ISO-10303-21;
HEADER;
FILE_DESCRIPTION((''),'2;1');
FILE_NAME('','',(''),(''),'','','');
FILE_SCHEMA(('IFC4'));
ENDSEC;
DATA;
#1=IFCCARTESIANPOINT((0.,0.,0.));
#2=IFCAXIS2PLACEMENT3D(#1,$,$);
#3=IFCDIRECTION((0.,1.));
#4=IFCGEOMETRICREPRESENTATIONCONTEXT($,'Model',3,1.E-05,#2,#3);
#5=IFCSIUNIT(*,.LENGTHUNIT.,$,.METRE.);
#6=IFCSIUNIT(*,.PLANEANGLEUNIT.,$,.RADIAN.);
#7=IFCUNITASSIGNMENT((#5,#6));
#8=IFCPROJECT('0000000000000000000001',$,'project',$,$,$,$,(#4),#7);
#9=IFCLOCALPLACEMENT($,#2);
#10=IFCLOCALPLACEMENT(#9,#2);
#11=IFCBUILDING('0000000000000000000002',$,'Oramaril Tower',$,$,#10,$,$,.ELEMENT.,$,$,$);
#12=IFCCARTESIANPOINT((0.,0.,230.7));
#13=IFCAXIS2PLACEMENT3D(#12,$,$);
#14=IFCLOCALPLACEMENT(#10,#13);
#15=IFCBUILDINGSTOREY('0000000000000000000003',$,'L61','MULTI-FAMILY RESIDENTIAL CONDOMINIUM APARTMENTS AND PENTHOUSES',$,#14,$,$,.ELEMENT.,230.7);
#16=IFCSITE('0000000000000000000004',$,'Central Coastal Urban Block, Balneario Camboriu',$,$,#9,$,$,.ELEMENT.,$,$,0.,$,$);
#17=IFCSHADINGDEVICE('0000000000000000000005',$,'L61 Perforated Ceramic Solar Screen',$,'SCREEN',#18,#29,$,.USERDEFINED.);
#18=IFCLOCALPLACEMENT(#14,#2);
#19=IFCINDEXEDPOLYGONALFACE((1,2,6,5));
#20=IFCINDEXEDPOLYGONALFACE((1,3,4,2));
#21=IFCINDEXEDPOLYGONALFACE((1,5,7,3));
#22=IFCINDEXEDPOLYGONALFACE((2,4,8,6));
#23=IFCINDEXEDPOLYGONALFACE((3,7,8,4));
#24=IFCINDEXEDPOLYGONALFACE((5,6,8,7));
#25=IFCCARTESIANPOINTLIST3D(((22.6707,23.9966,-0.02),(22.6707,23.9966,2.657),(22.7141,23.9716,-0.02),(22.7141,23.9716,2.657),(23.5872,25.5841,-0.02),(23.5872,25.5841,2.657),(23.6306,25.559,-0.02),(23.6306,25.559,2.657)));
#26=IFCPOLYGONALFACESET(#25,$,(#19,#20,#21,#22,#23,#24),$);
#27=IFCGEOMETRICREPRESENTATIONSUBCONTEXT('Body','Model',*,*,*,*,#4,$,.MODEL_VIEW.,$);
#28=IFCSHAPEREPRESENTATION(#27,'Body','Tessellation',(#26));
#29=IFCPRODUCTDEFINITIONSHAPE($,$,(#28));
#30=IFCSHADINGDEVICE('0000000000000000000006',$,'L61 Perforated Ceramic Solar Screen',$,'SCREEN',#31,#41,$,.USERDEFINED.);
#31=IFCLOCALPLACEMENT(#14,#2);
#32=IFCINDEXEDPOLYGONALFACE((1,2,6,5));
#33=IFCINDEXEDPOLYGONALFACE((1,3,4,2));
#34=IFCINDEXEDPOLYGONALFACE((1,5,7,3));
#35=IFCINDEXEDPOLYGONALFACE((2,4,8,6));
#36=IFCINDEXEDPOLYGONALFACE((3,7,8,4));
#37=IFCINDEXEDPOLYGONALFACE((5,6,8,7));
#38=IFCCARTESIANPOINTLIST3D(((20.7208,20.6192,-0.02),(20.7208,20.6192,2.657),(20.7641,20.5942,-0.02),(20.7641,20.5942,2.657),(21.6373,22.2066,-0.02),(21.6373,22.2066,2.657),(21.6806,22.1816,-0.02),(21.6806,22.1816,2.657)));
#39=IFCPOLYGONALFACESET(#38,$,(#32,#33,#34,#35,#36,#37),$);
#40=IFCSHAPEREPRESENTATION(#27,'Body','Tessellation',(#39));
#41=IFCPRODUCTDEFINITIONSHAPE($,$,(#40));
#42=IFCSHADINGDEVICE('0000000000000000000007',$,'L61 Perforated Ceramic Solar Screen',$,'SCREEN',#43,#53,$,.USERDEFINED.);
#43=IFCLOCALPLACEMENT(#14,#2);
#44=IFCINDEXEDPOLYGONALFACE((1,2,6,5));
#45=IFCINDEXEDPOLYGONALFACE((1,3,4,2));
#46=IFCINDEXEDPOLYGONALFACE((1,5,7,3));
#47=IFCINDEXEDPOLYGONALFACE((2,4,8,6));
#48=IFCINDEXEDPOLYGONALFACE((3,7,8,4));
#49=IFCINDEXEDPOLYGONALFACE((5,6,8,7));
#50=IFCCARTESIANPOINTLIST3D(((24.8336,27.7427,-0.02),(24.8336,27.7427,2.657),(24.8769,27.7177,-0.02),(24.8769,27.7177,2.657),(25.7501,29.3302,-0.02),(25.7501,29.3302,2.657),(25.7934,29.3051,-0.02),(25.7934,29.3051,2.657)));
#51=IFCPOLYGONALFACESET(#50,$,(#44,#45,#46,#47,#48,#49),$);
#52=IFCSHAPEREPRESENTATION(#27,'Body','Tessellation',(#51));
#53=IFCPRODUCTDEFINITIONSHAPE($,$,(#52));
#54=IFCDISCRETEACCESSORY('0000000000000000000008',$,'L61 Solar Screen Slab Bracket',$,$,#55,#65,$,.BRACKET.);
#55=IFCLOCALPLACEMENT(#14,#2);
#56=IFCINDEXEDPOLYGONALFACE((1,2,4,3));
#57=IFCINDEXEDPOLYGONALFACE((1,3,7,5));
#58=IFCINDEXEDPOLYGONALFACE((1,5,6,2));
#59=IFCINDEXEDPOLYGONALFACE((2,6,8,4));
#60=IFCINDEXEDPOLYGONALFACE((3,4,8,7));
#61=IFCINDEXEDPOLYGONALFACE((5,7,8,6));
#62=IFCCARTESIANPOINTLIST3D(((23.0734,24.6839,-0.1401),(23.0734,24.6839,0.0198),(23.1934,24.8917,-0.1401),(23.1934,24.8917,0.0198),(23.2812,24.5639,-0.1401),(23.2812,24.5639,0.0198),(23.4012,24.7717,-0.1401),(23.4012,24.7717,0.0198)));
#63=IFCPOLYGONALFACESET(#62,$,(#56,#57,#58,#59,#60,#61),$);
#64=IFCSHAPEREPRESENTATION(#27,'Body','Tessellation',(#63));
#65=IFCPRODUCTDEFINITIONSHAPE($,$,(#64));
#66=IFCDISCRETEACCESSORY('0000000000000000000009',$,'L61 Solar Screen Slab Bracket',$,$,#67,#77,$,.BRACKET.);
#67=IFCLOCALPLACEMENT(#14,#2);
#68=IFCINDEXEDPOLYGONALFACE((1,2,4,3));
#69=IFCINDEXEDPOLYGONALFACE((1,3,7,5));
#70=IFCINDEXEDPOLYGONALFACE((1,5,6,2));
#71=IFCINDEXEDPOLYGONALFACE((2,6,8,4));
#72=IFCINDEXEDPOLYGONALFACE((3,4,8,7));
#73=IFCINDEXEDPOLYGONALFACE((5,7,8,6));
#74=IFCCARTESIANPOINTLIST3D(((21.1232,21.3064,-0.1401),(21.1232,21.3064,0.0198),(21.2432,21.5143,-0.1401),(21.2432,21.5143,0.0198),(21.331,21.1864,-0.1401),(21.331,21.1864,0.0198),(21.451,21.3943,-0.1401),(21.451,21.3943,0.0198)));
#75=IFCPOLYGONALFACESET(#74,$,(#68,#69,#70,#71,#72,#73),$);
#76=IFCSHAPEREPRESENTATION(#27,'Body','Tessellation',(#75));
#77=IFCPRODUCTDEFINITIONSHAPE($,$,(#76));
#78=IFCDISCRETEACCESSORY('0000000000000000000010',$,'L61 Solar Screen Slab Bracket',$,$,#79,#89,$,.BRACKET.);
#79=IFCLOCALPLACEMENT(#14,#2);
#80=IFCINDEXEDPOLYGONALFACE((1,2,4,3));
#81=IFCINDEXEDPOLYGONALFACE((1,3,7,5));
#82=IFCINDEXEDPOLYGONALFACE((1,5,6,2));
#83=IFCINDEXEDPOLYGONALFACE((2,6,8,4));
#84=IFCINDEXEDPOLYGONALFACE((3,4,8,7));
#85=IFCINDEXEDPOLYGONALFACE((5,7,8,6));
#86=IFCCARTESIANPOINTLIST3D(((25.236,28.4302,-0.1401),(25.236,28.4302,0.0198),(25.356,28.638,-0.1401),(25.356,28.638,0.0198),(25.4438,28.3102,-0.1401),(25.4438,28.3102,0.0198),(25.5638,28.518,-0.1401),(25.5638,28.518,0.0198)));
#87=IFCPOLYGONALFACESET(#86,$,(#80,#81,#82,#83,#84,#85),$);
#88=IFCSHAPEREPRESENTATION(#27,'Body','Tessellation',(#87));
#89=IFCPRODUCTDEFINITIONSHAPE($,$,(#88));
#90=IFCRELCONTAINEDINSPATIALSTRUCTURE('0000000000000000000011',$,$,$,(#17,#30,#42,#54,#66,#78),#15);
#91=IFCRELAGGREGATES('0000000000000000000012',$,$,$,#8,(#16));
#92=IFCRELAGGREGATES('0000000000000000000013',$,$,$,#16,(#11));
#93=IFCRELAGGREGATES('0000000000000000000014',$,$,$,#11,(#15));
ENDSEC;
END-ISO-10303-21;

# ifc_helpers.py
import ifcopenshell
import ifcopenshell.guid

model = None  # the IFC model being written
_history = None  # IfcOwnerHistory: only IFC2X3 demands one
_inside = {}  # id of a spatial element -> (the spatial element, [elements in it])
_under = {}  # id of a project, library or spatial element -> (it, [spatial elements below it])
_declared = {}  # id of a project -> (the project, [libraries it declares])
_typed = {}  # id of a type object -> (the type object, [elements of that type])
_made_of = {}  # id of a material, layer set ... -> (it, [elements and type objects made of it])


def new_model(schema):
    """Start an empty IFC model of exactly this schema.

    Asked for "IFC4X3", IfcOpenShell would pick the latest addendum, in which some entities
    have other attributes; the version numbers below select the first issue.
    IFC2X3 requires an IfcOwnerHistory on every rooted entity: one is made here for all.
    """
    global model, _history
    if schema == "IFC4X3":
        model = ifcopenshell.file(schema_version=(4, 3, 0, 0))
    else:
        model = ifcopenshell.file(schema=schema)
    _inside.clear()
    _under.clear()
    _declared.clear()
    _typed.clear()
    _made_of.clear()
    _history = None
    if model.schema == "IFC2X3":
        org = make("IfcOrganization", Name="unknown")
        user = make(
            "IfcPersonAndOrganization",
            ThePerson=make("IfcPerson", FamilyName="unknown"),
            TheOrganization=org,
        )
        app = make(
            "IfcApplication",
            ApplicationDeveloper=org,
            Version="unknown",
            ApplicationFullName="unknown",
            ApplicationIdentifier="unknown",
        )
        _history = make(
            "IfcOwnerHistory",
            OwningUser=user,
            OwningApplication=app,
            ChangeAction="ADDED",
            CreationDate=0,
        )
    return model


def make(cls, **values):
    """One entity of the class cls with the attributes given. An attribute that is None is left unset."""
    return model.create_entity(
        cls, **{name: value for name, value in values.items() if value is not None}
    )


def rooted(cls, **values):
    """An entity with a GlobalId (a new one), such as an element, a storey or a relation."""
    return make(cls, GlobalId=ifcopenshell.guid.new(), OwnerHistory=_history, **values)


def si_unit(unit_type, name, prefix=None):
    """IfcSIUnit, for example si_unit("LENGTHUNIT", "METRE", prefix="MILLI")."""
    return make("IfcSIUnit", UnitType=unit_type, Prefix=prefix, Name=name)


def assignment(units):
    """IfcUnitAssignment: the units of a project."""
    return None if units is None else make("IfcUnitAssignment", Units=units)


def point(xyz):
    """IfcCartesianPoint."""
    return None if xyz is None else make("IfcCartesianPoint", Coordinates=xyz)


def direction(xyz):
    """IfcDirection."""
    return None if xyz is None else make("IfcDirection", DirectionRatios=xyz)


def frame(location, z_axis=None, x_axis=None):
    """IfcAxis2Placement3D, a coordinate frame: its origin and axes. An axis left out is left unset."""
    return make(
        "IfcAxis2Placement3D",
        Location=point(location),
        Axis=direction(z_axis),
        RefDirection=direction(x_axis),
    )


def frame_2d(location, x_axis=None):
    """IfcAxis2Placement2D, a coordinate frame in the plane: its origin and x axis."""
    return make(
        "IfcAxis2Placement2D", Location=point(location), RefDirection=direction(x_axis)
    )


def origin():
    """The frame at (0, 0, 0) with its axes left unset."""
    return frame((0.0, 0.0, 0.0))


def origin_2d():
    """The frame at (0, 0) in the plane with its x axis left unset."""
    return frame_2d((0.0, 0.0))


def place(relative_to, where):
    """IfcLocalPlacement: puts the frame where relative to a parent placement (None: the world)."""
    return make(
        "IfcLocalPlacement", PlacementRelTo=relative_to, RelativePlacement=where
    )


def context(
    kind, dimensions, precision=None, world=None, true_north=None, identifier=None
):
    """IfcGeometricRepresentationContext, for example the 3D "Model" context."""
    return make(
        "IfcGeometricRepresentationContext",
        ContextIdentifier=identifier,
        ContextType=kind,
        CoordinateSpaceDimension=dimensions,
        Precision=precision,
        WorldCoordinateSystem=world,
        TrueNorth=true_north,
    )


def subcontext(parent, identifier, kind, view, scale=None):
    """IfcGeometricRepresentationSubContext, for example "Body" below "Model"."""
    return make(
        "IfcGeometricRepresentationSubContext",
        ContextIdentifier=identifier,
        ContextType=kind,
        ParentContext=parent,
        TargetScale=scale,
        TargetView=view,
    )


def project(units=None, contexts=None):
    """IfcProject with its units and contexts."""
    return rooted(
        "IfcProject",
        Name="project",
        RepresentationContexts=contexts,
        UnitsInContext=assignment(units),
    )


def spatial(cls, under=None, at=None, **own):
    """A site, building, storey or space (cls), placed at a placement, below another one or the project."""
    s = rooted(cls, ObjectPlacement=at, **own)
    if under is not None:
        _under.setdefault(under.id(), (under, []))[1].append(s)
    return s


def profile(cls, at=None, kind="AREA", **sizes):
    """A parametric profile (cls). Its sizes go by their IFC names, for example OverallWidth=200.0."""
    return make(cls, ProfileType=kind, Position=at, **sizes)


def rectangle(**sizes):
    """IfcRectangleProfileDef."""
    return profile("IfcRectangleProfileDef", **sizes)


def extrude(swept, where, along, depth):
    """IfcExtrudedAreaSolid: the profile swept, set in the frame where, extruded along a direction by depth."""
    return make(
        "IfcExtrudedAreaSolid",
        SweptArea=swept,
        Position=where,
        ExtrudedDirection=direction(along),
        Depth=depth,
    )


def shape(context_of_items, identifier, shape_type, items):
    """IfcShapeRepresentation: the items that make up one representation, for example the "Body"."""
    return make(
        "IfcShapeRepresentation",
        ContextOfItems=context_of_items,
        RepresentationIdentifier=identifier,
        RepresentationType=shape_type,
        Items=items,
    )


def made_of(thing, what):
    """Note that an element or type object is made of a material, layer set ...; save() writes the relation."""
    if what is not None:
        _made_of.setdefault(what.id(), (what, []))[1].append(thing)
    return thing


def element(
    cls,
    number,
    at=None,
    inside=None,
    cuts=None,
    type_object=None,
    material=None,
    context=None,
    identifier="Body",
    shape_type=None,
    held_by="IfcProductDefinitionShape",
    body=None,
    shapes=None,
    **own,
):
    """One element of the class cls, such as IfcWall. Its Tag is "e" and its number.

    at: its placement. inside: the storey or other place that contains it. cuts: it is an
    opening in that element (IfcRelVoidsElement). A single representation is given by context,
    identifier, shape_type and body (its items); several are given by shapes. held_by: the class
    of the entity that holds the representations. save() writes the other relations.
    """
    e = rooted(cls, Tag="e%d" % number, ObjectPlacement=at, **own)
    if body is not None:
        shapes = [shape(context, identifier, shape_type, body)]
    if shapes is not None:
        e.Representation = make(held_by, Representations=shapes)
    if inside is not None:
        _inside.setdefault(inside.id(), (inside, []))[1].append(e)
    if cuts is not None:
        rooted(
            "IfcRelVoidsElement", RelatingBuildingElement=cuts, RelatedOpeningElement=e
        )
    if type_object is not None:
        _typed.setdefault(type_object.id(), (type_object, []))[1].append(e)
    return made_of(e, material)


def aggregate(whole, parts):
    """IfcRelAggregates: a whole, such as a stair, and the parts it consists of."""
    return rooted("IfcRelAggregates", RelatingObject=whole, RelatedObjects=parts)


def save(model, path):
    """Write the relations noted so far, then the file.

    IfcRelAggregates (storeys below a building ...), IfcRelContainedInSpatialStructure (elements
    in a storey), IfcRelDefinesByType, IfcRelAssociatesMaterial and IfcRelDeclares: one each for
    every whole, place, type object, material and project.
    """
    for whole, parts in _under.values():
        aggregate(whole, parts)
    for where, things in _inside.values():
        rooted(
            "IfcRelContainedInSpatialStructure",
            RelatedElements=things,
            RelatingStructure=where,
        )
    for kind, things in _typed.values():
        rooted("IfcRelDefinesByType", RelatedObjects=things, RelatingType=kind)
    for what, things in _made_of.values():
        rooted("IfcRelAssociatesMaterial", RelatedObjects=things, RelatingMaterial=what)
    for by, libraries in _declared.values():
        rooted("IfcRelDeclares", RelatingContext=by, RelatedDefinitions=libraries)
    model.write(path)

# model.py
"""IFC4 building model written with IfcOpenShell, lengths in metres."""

from ifc_helpers import new_model, si_unit, direction, frame, origin, origin_2d, place, context, subcontext, project, spatial, rectangle, extrude, element, save


model = new_model("IFC4")

# Units and contexts
model_context = context("Model", 3, precision=1e-05, world=origin(), true_north=direction((0.0, 1.0)))
body_context = subcontext(model_context, "Body", "Model", "MODEL_VIEW")
ifc_project = project(units=[si_unit("LENGTHUNIT", "METRE"), si_unit("PLANEANGLEUNIT", "RADIAN")], contexts=[model_context])

# Site, building, storey
site_placement = place(None, origin())
site = spatial("IfcSite", under=ifc_project, at=site_placement, Name="Central Coastal Urban Block, Balneario Camboriu", CompositionType="ELEMENT", RefElevation=0.0)
building_placement = place(site_placement, origin())
building = spatial("IfcBuilding", under=site, at=building_placement, Name="Oramaril Tower", CompositionType="ELEMENT")
storey_placement = place(building_placement, frame((0.0, 0.0, 230.7)))
storey = spatial("IfcBuildingStorey", under=building, at=storey_placement, Name="L61", Description="MULTI-FAMILY RESIDENTIAL CONDOMINIUM APARTMENTS AND PENTHOUSES", CompositionType="ELEMENT", Elevation=230.7)

# Shading devices
for number, where, z_axis, x_axis, name in (
    (1, (23.1506, 24.7778, -0.02), (0.0, 0.0, 1.0), (-0.500002, -0.866025, 0.0), "L61 Perforated Ceramic Solar Screen"),
    (2, (21.2007, 21.4004, -0.02), (0.0, 0.0, 1.0), (-0.500002, -0.866025, 0.0), "L61 Perforated Ceramic Solar Screen"),
    (3, (25.3135, 28.5239, -0.02), (0.0, 0.0, 1.0), (-0.500002, -0.866025, 0.0), "L61 Perforated Ceramic Solar Screen"),
):
    element("IfcShadingDevice", number, at=place(storey_placement, frame(where, z_axis=z_axis, x_axis=x_axis)), inside=storey, Name=name, ObjectType="SCREEN", PredefinedType="USERDEFINED", context=body_context, shape_type="SweptSolid", body=[
        extrude(rectangle(XDim=1.833, YDim=0.05, at=origin_2d()), origin(), (0.0, 0.0, 1.0), 2.677),
    ])

# Discrete accessories
for number, where, z_axis, x_axis, name in (
    (4, (23.2373, 24.7278, -0.1401), (0.0, 0.0, 1.0), (-0.500002, -0.866025, 0.0), "L61 Solar Screen Slab Bracket"),
    (5, (21.2871, 21.3503, -0.1401), (0.0, 0.0, 1.0), (-0.500002, -0.866025, 0.0), "L61 Solar Screen Slab Bracket"),
    (6, (25.3999, 28.4741, -0.1401), (0.0, 0.0, 1.0), (-0.500002, -0.866025, 0.0), "L61 Solar Screen Slab Bracket"),
):
    element("IfcDiscreteAccessory", number, at=place(storey_placement, frame(where, z_axis=z_axis, x_axis=x_axis)), inside=storey, Name=name, PredefinedType="BRACKET", context=body_context, shape_type="SweptSolid", body=[
        extrude(rectangle(XDim=0.24, YDim=0.24, at=origin_2d()), origin(), (0.0, 0.0, 1.0), 0.1599),
    ])

save(model, "model.ifc")
